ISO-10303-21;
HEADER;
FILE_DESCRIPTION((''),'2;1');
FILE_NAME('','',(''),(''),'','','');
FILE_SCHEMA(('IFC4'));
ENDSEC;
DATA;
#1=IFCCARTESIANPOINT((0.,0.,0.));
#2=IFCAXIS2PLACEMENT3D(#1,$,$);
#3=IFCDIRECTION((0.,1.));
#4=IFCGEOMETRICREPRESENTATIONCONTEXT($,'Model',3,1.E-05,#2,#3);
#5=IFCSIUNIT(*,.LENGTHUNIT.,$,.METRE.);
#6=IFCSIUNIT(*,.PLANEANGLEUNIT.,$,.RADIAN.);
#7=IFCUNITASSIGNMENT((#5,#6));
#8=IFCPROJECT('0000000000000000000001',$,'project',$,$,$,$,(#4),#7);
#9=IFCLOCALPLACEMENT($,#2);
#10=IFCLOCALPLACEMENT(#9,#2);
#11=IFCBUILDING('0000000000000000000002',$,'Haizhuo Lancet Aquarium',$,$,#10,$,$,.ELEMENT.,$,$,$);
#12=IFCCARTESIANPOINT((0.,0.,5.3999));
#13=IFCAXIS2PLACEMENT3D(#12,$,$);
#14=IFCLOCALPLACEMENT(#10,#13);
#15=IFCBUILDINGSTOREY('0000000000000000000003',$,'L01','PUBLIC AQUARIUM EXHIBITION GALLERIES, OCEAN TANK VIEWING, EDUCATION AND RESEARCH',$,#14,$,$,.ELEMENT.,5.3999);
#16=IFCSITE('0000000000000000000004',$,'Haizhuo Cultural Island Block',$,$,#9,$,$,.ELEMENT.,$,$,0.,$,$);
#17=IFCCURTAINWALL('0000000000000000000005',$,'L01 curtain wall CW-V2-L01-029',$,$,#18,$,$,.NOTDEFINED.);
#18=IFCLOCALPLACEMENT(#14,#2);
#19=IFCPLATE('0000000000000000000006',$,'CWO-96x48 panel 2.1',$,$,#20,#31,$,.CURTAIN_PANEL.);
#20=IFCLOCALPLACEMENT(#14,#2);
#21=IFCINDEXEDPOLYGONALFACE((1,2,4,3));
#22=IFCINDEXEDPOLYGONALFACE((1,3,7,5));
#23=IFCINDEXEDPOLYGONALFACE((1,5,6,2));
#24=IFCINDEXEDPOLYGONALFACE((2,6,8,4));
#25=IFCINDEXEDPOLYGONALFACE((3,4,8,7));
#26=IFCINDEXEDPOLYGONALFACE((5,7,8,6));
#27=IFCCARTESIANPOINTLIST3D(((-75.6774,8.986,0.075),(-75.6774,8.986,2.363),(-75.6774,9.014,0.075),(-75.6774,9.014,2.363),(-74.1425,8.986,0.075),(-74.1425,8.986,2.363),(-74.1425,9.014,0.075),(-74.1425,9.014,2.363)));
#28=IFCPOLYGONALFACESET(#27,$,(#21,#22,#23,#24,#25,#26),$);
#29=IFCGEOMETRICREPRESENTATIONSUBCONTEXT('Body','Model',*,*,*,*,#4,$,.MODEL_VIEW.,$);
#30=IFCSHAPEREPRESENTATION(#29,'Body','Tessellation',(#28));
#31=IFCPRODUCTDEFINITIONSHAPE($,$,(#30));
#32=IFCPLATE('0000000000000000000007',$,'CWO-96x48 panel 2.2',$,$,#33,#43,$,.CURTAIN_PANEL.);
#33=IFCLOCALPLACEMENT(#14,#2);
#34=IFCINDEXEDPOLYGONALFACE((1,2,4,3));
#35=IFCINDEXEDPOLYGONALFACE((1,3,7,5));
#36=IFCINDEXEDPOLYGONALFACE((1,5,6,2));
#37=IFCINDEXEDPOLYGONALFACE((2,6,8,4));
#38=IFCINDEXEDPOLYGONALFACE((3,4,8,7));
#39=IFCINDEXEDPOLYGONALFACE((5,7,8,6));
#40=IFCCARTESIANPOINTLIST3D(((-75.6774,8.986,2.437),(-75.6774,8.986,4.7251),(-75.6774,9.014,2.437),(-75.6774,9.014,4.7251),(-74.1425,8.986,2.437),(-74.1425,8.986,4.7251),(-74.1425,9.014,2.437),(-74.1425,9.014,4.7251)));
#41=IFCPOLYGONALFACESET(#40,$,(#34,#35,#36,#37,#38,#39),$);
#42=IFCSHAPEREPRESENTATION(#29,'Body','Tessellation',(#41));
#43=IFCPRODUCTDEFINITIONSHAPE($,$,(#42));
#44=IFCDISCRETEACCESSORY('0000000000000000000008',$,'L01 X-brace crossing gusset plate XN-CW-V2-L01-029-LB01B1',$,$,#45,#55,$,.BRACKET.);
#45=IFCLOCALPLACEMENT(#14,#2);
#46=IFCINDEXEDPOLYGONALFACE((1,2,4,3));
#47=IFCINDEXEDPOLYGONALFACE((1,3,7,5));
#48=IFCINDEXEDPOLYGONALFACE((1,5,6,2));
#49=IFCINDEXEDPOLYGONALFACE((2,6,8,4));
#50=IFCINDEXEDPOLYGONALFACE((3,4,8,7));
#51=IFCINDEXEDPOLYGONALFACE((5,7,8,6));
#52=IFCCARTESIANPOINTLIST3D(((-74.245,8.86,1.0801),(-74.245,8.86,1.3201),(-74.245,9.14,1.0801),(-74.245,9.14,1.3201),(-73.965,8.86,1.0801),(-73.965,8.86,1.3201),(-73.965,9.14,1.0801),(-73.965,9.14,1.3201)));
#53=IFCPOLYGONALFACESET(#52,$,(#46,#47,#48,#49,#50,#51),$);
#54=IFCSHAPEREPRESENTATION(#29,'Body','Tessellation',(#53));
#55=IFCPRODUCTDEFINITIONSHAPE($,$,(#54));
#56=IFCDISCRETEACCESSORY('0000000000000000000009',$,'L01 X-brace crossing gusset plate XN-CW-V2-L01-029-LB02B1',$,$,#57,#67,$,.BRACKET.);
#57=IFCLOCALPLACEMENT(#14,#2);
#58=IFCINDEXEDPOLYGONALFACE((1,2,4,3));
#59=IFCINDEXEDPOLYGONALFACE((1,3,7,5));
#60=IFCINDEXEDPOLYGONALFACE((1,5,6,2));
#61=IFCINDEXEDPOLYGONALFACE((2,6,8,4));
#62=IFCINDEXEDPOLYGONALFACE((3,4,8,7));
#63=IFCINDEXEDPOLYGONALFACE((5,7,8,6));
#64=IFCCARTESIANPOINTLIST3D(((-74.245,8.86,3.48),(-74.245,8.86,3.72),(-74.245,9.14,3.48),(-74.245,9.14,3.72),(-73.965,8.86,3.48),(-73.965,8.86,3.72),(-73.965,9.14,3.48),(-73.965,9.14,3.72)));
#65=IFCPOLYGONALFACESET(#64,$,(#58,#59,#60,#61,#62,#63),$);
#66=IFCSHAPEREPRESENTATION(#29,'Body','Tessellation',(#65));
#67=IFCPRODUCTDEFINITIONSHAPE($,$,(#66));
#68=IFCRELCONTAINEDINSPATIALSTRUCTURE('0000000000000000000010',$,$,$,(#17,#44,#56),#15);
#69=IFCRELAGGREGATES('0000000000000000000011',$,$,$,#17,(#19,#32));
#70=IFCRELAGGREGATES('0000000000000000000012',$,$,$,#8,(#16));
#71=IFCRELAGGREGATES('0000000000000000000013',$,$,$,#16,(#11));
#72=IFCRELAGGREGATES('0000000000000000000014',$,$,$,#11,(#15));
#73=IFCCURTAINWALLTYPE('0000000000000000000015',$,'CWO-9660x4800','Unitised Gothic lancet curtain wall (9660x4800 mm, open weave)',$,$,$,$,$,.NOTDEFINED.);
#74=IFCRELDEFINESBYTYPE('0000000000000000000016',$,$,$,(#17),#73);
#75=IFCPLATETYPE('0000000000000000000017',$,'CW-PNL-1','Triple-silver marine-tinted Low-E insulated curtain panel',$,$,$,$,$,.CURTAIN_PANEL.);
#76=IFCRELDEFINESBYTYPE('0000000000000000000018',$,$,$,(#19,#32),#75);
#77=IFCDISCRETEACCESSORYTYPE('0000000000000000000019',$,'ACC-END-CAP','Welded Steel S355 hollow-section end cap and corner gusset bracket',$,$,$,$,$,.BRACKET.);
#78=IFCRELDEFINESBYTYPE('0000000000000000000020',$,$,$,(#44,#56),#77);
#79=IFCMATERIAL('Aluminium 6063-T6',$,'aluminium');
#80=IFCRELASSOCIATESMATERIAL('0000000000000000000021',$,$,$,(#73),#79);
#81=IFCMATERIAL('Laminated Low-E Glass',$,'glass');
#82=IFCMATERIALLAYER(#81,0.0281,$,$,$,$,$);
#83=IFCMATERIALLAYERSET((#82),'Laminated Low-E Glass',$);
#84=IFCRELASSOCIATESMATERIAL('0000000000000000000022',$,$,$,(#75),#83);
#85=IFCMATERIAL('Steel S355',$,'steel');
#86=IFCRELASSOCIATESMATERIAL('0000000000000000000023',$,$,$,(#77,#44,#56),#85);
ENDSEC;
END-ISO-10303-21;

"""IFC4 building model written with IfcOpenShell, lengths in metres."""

from ifc_helpers import new_model, si_unit, direction, frame, origin, origin_2d, place, context, subcontext, project, spatial, rectangle, extrude, material, layer, layer_set, type_object, element, aggregate, save


model = new_model("IFC4")

# Units and contexts
model_context = context("Model", 3, precision=1e-05, world=origin(), true_north=direction((0.0, 1.0)))
body_context = subcontext(model_context, "Body", "Model", "MODEL_VIEW")
ifc_project = project(units=[si_unit("LENGTHUNIT", "METRE"), si_unit("PLANEANGLEUNIT", "RADIAN")], contexts=[model_context])

# Site, building, storey
site_placement = place(None, origin())
site = spatial("IfcSite", under=ifc_project, at=site_placement, Name="Haizhuo Cultural Island Block", CompositionType="ELEMENT", RefElevation=0.0)
building_placement = place(site_placement, origin())
building = spatial("IfcBuilding", under=site, at=building_placement, Name="Haizhuo Lancet Aquarium", CompositionType="ELEMENT")
storey_placement = place(building_placement, frame((0.0, 0.0, 5.3999)))
storey = spatial("IfcBuildingStorey", under=building, at=storey_placement, Name="L01", Description="PUBLIC AQUARIUM EXHIBITION GALLERIES, OCEAN TANK VIEWING, EDUCATION AND RESEARCH", CompositionType="ELEMENT", Elevation=5.3999)

# Shared definitions
ifc_material_1 = material(Name="Steel S355", Category="steel")

# Curtain wall
ifc_material_2 = material(Name="Aluminium 6063-T6", Category="aluminium")
curtain_wall_type = type_object("IfcCurtainWallType", Name="CWO-9660x4800", Description="Unitised Gothic lancet curtain wall (9660x4800 mm, open weave)", PredefinedType="NOTDEFINED", material=ifc_material_2)
curtain_wall_placement = place(storey_placement, origin())
curtain_wall = element("IfcCurtainWall", 1, at=curtain_wall_placement, inside=storey, type_object=curtain_wall_type, Name="L01 curtain wall CW-V2-L01-029", PredefinedType="NOTDEFINED")

# Plates
ifc_material_3 = material(Name="Laminated Low-E Glass", Category="glass")
ifc_layer = layer(ifc_material_3, 0.0281)
ifc_layer_set = layer_set([ifc_layer], Name="Laminated Low-E Glass")
plate_type = type_object("IfcPlateType", Name="CW-PNL-1", Description="Triple-silver marine-tinted Low-E insulated curtain panel", PredefinedType="CURTAIN_PANEL", material=ifc_layer_set)
plate_1_placement = place(storey_placement, frame((-74.9099, 9.0, 0.075), z_axis=(0.0, 0.0, 1.0), x_axis=(-1.0, 0.0, 0.0)))
plate_1 = element("IfcPlate", 2, at=plate_1_placement, type_object=plate_type, Name="CWO-96x48 panel 2.1", PredefinedType="CURTAIN_PANEL", context=body_context, shape_type="SweptSolid", body=[
    extrude(rectangle(XDim=1.5349, YDim=0.0281, at=origin_2d()), origin(), (0.0, 0.0, 1.0), 2.2881),
])
plate_2_placement = place(storey_placement, frame((-74.9099, 9.0, 2.437), z_axis=(0.0, 0.0, 1.0), x_axis=(-1.0, 0.0, 0.0)))
plate_2 = element("IfcPlate", 3, at=plate_2_placement, type_object=plate_type, Name="CWO-96x48 panel 2.2", PredefinedType="CURTAIN_PANEL", context=body_context, shape_type="SweptSolid", body=[
    extrude(rectangle(XDim=1.5349, YDim=0.0281, at=origin_2d()), origin(), (0.0, 0.0, 1.0), 2.2881),
])
aggregate(curtain_wall, [plate_1, plate_2])

# Discrete accessories
discrete_accessory_type = type_object("IfcDiscreteAccessoryType", Name="ACC-END-CAP", Description="Welded Steel S355 hollow-section end cap and corner gusset bracket", PredefinedType="BRACKET", material=ifc_material_1)
for number, where, z_axis, x_axis, name in (
    (4, (-74.105, 9.0, 1.0801), (0.0, 0.0, 1.0), (1.0, 0.0, 0.0), "L01 X-brace crossing gusset plate XN-CW-V2-L01-029-LB01B1"),
    (5, (-74.105, 9.0, 3.48), (0.0, 0.0, 1.0), (1.0, 0.0, 0.0), "L01 X-brace crossing gusset plate XN-CW-V2-L01-029-LB02B1"),
):
    element("IfcDiscreteAccessory", number, at=place(storey_placement, frame(where, z_axis=z_axis, x_axis=x_axis)), inside=storey, type_object=discrete_accessory_type, material=ifc_material_1, Name=name, PredefinedType="BRACKET", context=body_context, shape_type="SweptSolid", body=[
        extrude(rectangle(XDim=0.28, YDim=0.28, at=origin_2d()), origin(), (0.0, 0.0, 1.0), 0.24),
    ])

save(model, "model.ifc")
